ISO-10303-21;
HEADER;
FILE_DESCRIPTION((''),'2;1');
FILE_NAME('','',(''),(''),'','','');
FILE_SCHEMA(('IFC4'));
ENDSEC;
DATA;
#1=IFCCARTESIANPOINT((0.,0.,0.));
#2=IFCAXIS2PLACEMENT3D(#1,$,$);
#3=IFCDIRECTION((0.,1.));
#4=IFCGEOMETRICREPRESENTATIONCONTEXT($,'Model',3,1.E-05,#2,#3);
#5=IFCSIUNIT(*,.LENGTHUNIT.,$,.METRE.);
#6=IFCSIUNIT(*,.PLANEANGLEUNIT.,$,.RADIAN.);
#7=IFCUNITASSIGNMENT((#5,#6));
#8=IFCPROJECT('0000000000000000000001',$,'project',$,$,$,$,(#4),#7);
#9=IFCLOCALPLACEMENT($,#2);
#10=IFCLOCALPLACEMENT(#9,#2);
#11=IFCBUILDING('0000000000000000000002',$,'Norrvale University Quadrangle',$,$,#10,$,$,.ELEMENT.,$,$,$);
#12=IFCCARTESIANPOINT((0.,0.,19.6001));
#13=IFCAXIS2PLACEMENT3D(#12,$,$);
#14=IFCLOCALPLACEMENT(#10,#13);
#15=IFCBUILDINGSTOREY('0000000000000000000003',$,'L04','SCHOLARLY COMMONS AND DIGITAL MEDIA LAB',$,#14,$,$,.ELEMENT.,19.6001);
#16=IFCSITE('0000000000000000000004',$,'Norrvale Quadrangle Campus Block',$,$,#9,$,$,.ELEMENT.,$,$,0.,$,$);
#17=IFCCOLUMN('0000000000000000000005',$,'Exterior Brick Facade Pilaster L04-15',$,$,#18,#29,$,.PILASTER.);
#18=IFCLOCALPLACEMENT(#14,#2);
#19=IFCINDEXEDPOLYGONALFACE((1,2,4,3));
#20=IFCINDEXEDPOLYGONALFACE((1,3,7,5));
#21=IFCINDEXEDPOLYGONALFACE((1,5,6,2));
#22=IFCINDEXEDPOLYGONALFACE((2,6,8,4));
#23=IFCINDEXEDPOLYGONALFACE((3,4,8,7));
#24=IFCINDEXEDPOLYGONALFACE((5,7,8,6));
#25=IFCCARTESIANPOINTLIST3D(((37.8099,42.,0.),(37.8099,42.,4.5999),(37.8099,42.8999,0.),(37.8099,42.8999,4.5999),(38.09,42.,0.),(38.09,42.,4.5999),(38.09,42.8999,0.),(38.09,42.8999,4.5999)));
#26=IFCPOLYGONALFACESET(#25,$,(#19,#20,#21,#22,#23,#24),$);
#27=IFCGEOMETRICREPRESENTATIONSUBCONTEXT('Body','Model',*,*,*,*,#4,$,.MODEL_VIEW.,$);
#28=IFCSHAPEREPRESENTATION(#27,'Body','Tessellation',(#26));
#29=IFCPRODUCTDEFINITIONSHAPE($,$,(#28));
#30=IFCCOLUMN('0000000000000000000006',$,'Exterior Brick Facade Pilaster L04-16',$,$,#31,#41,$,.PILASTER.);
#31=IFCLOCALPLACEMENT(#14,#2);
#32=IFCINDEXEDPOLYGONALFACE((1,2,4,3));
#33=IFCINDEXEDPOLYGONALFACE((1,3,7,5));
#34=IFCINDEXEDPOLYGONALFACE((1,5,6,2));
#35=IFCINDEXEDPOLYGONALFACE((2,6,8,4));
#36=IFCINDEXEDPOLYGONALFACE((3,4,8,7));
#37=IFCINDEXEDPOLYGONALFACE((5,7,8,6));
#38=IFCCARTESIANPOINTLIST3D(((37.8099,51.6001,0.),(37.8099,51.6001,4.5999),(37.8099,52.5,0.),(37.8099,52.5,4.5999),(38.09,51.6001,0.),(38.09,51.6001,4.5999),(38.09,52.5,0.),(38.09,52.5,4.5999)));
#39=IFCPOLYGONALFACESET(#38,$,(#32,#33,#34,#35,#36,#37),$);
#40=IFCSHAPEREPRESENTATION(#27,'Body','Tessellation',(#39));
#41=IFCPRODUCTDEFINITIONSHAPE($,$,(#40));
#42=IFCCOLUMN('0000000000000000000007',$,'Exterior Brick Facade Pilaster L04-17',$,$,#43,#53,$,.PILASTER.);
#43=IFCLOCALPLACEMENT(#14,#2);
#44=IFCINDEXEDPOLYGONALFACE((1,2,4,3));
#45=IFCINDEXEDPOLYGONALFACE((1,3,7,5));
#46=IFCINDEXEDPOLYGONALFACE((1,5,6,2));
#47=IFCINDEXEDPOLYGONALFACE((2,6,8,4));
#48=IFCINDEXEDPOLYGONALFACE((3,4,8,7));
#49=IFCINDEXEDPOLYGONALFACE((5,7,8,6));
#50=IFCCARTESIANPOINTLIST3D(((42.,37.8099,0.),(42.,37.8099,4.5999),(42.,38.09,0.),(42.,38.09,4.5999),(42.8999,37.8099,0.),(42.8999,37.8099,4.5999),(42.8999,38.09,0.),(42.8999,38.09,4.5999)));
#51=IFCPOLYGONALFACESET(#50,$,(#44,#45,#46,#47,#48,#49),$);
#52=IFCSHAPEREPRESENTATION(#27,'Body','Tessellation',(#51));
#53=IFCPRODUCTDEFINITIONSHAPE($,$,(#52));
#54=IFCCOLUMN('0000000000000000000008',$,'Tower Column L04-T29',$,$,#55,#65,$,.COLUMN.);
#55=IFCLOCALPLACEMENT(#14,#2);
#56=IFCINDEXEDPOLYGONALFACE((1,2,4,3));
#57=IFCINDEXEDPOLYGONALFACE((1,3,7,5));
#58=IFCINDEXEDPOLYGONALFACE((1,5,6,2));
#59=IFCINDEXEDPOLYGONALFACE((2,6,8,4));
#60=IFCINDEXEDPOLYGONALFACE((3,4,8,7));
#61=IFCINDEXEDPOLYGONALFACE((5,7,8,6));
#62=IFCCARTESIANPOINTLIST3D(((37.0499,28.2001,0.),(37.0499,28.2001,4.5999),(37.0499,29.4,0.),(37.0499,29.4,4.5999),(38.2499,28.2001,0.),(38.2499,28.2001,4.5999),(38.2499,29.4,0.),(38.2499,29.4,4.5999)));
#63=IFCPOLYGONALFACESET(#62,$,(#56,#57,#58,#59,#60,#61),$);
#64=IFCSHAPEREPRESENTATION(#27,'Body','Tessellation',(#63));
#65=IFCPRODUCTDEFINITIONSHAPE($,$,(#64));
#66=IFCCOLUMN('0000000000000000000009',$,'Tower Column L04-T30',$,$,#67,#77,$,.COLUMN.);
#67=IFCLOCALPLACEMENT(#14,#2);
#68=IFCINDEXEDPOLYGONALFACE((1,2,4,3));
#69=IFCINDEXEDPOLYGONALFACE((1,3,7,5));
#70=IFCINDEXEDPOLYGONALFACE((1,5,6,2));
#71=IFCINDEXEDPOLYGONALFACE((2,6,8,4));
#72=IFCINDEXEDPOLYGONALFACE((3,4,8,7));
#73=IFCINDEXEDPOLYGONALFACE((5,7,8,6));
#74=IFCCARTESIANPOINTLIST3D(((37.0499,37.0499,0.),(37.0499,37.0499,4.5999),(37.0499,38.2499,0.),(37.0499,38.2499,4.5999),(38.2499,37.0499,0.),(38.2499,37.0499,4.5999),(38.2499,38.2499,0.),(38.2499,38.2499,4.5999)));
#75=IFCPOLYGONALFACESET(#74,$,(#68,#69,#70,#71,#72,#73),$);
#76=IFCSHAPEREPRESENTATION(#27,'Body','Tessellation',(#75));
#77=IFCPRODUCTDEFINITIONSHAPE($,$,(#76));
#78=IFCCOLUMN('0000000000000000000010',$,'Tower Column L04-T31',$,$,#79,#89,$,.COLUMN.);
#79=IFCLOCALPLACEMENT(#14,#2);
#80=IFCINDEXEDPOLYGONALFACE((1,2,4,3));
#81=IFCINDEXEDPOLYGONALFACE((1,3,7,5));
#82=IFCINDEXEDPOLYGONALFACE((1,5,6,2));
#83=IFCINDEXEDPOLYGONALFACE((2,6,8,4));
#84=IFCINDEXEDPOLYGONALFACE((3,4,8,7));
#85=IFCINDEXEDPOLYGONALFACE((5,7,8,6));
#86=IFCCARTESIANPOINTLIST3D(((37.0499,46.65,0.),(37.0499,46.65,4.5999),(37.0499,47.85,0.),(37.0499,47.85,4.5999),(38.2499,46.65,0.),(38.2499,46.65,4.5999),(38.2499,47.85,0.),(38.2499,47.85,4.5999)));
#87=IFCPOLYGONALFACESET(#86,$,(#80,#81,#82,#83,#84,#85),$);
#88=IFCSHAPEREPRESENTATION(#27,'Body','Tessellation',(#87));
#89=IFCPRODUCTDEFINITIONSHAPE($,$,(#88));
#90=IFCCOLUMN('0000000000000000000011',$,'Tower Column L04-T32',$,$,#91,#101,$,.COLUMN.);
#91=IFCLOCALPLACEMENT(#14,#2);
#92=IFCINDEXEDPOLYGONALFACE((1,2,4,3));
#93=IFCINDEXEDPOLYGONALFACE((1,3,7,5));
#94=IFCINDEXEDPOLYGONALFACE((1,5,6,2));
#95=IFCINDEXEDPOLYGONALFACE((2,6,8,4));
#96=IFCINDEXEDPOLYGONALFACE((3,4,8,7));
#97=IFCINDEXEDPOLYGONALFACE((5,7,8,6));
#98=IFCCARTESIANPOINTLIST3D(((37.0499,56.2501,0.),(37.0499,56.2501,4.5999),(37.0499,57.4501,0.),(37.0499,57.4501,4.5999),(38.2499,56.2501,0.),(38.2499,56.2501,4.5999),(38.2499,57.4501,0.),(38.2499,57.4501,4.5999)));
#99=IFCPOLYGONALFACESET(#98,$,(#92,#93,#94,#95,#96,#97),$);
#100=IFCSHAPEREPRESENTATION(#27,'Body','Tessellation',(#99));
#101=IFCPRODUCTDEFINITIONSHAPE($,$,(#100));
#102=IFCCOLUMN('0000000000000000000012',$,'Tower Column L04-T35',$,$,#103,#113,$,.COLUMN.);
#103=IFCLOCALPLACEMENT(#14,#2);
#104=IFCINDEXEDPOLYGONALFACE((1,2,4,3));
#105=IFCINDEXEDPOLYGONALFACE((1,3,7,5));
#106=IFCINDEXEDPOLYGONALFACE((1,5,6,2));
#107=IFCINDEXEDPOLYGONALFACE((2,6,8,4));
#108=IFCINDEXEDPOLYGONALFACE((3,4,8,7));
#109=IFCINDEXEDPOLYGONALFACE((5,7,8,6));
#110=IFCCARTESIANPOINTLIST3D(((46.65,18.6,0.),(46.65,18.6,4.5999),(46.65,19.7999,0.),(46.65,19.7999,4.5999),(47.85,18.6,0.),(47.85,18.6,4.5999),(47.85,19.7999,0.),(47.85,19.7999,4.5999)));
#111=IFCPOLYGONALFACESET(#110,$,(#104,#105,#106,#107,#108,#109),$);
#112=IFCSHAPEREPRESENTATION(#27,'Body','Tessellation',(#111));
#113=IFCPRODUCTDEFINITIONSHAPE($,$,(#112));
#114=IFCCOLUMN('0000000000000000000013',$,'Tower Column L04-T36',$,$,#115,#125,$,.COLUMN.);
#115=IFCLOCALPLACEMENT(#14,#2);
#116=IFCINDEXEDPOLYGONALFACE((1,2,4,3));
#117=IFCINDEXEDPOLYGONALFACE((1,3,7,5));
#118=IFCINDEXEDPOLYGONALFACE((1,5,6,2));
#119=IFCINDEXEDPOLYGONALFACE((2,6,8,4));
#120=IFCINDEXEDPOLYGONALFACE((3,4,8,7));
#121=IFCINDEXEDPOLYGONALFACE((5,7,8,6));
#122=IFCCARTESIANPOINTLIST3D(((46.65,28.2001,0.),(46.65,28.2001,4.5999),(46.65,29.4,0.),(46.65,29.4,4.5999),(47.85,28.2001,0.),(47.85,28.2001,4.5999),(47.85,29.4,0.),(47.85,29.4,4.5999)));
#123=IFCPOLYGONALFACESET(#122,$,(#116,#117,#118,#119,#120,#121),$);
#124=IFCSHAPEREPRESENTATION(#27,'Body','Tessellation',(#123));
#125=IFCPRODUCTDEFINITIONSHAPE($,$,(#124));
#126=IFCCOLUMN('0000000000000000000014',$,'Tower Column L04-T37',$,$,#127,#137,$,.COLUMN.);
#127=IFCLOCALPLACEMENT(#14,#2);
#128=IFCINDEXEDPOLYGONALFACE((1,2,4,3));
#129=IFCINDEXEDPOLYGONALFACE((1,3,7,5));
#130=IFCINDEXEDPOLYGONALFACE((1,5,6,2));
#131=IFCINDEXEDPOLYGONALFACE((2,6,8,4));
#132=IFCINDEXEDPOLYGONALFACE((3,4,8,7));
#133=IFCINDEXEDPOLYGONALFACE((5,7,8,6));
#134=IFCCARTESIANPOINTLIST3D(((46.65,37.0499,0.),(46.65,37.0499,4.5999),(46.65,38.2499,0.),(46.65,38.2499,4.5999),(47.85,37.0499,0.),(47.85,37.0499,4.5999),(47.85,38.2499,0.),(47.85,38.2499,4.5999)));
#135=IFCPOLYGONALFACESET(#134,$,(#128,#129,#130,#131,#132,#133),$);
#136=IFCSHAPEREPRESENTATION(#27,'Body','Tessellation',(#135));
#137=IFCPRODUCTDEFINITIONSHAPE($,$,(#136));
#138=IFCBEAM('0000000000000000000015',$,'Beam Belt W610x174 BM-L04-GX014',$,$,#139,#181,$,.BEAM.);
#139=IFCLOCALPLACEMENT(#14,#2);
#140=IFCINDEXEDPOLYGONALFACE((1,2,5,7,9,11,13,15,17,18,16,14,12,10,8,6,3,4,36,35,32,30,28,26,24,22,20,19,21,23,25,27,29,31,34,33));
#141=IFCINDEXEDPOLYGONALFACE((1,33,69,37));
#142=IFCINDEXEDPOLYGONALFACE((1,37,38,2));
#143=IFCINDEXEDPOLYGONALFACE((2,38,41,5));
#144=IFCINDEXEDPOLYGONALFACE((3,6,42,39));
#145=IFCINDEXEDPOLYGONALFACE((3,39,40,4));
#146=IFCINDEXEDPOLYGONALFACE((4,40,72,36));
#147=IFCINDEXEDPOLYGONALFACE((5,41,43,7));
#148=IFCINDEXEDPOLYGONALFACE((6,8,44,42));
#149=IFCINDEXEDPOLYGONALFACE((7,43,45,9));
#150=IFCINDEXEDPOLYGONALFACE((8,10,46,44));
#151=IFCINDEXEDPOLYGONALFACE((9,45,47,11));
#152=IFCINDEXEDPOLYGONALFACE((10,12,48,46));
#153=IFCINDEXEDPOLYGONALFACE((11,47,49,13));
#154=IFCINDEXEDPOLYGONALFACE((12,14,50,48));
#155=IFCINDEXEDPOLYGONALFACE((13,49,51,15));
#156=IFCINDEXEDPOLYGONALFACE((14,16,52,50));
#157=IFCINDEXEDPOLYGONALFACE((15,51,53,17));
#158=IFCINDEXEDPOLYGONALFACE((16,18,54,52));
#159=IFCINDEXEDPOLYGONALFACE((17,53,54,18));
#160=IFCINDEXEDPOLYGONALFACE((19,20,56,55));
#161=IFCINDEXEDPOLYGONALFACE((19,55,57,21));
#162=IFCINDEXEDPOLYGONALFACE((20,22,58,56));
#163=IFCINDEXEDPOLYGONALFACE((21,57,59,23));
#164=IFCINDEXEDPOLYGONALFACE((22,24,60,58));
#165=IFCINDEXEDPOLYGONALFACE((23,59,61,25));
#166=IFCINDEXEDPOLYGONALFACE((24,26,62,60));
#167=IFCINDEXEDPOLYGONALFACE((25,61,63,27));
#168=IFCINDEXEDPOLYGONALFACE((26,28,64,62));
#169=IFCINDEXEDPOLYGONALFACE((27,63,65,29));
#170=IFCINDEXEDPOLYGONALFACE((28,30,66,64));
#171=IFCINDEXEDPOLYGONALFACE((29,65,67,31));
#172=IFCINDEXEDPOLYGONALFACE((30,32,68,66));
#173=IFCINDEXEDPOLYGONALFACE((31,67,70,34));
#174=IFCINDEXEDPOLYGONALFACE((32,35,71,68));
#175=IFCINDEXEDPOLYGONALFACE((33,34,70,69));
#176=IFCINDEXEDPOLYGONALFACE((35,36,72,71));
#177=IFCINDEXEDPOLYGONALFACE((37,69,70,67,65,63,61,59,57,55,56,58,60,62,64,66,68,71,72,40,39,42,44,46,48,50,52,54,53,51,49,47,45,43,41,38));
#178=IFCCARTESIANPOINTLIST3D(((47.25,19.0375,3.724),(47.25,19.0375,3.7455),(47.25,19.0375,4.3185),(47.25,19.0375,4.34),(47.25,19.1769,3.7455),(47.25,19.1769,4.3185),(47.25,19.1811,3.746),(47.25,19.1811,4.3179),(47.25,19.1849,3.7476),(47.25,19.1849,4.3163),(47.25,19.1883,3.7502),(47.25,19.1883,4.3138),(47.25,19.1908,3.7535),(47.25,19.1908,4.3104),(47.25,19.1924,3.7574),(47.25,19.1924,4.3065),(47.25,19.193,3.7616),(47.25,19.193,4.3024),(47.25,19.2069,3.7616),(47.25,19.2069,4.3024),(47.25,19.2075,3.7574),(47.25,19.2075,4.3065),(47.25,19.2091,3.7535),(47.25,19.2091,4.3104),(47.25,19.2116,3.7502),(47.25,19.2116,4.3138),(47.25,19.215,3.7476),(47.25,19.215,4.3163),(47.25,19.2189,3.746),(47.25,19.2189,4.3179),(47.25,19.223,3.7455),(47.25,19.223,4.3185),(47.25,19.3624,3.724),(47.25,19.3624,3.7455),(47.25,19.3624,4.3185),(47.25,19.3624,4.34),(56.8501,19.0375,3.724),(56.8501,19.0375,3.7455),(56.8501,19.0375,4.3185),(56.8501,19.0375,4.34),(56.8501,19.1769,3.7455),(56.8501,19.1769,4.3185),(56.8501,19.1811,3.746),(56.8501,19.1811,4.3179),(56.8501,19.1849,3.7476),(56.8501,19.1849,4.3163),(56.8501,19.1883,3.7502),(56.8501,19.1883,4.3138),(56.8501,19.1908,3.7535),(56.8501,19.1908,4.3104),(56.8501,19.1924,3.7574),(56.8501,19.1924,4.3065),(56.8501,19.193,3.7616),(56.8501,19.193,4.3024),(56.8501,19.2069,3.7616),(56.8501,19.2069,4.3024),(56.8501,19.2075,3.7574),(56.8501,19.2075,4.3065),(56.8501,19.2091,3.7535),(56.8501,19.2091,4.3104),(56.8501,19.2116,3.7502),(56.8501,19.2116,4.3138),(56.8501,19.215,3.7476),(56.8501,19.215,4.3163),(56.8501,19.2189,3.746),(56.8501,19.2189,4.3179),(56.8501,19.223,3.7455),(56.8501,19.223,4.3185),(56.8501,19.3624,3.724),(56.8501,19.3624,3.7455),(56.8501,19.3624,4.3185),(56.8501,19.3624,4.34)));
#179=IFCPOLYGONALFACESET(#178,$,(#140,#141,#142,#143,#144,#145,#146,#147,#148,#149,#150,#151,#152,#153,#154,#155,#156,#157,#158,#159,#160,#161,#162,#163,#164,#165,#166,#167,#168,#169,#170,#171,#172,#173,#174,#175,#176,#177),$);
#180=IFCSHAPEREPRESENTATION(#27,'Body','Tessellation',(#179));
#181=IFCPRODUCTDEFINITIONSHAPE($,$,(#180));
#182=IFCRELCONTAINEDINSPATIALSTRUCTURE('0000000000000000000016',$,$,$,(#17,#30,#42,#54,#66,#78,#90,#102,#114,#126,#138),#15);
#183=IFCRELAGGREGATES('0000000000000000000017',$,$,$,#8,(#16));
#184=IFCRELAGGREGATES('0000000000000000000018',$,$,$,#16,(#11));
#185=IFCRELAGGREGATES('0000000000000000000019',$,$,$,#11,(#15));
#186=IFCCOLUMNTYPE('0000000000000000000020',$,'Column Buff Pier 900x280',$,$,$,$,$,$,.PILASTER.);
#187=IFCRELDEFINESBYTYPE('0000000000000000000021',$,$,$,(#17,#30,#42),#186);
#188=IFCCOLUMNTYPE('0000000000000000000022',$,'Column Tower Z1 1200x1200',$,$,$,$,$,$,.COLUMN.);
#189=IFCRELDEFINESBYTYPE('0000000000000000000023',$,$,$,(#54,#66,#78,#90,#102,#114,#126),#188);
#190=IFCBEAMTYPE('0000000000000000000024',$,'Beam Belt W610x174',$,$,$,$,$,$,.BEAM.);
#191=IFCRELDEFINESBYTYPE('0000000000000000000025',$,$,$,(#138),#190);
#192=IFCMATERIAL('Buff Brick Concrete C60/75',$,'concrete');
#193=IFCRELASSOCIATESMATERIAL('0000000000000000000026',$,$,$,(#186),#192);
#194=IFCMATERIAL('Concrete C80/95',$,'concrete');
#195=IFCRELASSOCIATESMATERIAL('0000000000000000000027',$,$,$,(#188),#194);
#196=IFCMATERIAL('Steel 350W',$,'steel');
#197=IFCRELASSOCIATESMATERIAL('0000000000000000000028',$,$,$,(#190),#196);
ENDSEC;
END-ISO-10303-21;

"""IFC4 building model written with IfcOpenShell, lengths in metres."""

from ifc_helpers import new_model, si_unit, direction, frame, origin, origin_2d, place, context, subcontext, project, spatial, rectangle, i_section, extrude, material, material_profile, profile_set, type_object, element, save


model = new_model("IFC4")

# Units and contexts
model_context = context("Model", 3, precision=1e-05, world=origin(), true_north=direction((0.0, 1.0)))
body_context = subcontext(model_context, "Body", "Model", "MODEL_VIEW")
ifc_project = project(units=[si_unit("LENGTHUNIT", "METRE"), si_unit("PLANEANGLEUNIT", "RADIAN")], contexts=[model_context])

# Site, building, storey
site_placement = place(None, origin())
site = spatial("IfcSite", under=ifc_project, at=site_placement, Name="Norrvale Quadrangle Campus Block", CompositionType="ELEMENT", RefElevation=0.0)
building_placement = place(site_placement, origin())
building = spatial("IfcBuilding", under=site, at=building_placement, Name="Norrvale University Quadrangle", CompositionType="ELEMENT")
storey_placement = place(building_placement, frame((0.0, 0.0, 19.6001)))
storey = spatial("IfcBuildingStorey", under=building, at=storey_placement, Name="L04", Description="SCHOLARLY COMMONS AND DIGITAL MEDIA LAB", CompositionType="ELEMENT", Elevation=19.6001)

# Columns
ifc_material_1 = material(Name="Buff Brick Concrete C60/75", Category="concrete")
ifc_material_profile_1 = material_profile(ifc_material_1, rectangle(XDim=0.8999, YDim=0.28, at=origin_2d()), Name="Buff Brick Concrete C60/75")
ifc_profile_set_1 = profile_set([ifc_material_profile_1], Name="Buff Brick Concrete C60/75")
column_type_1 = type_object("IfcColumnType", Name="Column Buff Pier 900x280", PredefinedType="PILASTER", material=ifc_profile_set_1)
for number, where, z_axis, x_axis, name in (
    (1, (37.95, 42.45, 0.0), (0.0, 0.0, 1.0), (0.0, 1.0, 0.0), "Exterior Brick Facade Pilaster L04-15"),
    (2, (37.95, 52.05, 0.0), (0.0, 0.0, 1.0), (0.0, 1.0, 0.0), "Exterior Brick Facade Pilaster L04-16"),
    (3, (42.45, 37.95, 0.0), (0.0, 0.0, 1.0), (1.0, 0.0, 0.0), "Exterior Brick Facade Pilaster L04-17"),
):
    element("IfcColumn", number, at=place(storey_placement, frame(where, z_axis=z_axis, x_axis=x_axis)), inside=storey, type_object=column_type_1, Name=name, PredefinedType="PILASTER", context=body_context, shape_type="SweptSolid", body=[
        extrude(rectangle(XDim=0.8999, YDim=0.28, at=origin_2d()), origin(), (0.0, 0.0, 1.0), 4.5999),
    ])
ifc_material_2 = material(Name="Concrete C80/95", Category="concrete")
ifc_material_profile_2 = material_profile(ifc_material_2, rectangle(XDim=1.2, YDim=1.2, at=origin_2d()), Name="Concrete C80/95")
ifc_profile_set_2 = profile_set([ifc_material_profile_2], Name="Concrete C80/95")
column_type_2 = type_object("IfcColumnType", Name="Column Tower Z1 1200x1200", PredefinedType="COLUMN", material=ifc_profile_set_2)
for number, where, z_axis, x_axis, name in (
    (4, (37.6499, 28.8, 0.0), (0.0, 0.0, 1.0), (1.0, 0.0, 0.0), "Tower Column L04-T29"),
    (5, (37.6499, 37.6499, 0.0), (0.0, 0.0, 1.0), (1.0, 0.0, 0.0), "Tower Column L04-T30"),
    (6, (37.6499, 47.25, 0.0), (0.0, 0.0, 1.0), (1.0, 0.0, 0.0), "Tower Column L04-T31"),
    (7, (37.6499, 56.8501, 0.0), (0.0, 0.0, 1.0), (1.0, 0.0, 0.0), "Tower Column L04-T32"),
    (8, (47.25, 19.2, 0.0), (0.0, 0.0, 1.0), (1.0, 0.0, 0.0), "Tower Column L04-T35"),
    (9, (47.25, 28.8, 0.0), (0.0, 0.0, 1.0), (1.0, 0.0, 0.0), "Tower Column L04-T36"),
    (10, (47.25, 37.6499, 0.0), (0.0, 0.0, 1.0), (1.0, 0.0, 0.0), "Tower Column L04-T37"),
):
    element("IfcColumn", number, at=place(storey_placement, frame(where, z_axis=z_axis, x_axis=x_axis)), inside=storey, type_object=column_type_2, Name=name, PredefinedType="COLUMN", context=body_context, shape_type="SweptSolid", body=[
        extrude(rectangle(XDim=1.2, YDim=1.2, at=origin_2d()), origin(), (0.0, 0.0, 1.0), 4.5999),
    ])

# Beam
ifc_material_3 = material(Name="Steel 350W", Category="steel")
ifc_material_profile_3 = material_profile(ifc_material_3, i_section(OverallWidth=0.325, OverallDepth=0.616, WebThickness=0.0139, FlangeThickness=0.0215, FilletRadius=0.0161, at=origin_2d()), Name="Steel 350W")
ifc_profile_set_3 = profile_set([ifc_material_profile_3], Name="Steel 350W")
beam_type_1 = type_object("IfcBeamType", Name="Beam Belt W610x174", PredefinedType="BEAM", material=ifc_profile_set_3)
for number, where, z_axis, x_axis, name in (
    (11, (47.25, 19.2, 4.032), (1.0, 0.0, 0.0), (0.0, 1.0, 0.0), "Beam Belt W610x174 BM-L04-GX014"),
):
    element("IfcBeam", number, at=place(storey_placement, frame(where, z_axis=z_axis, x_axis=x_axis)), inside=storey, type_object=beam_type_1, Name=name, PredefinedType="BEAM", context=body_context, shape_type="SweptSolid", body=[
        extrude(i_section(OverallWidth=0.325, OverallDepth=0.616, WebThickness=0.0139, FlangeThickness=0.0215, FilletRadius=0.0161, at=origin_2d()), origin(), (0.0, 0.0, 1.0), 9.6001),
    ])

save(model, "model.ifc")
